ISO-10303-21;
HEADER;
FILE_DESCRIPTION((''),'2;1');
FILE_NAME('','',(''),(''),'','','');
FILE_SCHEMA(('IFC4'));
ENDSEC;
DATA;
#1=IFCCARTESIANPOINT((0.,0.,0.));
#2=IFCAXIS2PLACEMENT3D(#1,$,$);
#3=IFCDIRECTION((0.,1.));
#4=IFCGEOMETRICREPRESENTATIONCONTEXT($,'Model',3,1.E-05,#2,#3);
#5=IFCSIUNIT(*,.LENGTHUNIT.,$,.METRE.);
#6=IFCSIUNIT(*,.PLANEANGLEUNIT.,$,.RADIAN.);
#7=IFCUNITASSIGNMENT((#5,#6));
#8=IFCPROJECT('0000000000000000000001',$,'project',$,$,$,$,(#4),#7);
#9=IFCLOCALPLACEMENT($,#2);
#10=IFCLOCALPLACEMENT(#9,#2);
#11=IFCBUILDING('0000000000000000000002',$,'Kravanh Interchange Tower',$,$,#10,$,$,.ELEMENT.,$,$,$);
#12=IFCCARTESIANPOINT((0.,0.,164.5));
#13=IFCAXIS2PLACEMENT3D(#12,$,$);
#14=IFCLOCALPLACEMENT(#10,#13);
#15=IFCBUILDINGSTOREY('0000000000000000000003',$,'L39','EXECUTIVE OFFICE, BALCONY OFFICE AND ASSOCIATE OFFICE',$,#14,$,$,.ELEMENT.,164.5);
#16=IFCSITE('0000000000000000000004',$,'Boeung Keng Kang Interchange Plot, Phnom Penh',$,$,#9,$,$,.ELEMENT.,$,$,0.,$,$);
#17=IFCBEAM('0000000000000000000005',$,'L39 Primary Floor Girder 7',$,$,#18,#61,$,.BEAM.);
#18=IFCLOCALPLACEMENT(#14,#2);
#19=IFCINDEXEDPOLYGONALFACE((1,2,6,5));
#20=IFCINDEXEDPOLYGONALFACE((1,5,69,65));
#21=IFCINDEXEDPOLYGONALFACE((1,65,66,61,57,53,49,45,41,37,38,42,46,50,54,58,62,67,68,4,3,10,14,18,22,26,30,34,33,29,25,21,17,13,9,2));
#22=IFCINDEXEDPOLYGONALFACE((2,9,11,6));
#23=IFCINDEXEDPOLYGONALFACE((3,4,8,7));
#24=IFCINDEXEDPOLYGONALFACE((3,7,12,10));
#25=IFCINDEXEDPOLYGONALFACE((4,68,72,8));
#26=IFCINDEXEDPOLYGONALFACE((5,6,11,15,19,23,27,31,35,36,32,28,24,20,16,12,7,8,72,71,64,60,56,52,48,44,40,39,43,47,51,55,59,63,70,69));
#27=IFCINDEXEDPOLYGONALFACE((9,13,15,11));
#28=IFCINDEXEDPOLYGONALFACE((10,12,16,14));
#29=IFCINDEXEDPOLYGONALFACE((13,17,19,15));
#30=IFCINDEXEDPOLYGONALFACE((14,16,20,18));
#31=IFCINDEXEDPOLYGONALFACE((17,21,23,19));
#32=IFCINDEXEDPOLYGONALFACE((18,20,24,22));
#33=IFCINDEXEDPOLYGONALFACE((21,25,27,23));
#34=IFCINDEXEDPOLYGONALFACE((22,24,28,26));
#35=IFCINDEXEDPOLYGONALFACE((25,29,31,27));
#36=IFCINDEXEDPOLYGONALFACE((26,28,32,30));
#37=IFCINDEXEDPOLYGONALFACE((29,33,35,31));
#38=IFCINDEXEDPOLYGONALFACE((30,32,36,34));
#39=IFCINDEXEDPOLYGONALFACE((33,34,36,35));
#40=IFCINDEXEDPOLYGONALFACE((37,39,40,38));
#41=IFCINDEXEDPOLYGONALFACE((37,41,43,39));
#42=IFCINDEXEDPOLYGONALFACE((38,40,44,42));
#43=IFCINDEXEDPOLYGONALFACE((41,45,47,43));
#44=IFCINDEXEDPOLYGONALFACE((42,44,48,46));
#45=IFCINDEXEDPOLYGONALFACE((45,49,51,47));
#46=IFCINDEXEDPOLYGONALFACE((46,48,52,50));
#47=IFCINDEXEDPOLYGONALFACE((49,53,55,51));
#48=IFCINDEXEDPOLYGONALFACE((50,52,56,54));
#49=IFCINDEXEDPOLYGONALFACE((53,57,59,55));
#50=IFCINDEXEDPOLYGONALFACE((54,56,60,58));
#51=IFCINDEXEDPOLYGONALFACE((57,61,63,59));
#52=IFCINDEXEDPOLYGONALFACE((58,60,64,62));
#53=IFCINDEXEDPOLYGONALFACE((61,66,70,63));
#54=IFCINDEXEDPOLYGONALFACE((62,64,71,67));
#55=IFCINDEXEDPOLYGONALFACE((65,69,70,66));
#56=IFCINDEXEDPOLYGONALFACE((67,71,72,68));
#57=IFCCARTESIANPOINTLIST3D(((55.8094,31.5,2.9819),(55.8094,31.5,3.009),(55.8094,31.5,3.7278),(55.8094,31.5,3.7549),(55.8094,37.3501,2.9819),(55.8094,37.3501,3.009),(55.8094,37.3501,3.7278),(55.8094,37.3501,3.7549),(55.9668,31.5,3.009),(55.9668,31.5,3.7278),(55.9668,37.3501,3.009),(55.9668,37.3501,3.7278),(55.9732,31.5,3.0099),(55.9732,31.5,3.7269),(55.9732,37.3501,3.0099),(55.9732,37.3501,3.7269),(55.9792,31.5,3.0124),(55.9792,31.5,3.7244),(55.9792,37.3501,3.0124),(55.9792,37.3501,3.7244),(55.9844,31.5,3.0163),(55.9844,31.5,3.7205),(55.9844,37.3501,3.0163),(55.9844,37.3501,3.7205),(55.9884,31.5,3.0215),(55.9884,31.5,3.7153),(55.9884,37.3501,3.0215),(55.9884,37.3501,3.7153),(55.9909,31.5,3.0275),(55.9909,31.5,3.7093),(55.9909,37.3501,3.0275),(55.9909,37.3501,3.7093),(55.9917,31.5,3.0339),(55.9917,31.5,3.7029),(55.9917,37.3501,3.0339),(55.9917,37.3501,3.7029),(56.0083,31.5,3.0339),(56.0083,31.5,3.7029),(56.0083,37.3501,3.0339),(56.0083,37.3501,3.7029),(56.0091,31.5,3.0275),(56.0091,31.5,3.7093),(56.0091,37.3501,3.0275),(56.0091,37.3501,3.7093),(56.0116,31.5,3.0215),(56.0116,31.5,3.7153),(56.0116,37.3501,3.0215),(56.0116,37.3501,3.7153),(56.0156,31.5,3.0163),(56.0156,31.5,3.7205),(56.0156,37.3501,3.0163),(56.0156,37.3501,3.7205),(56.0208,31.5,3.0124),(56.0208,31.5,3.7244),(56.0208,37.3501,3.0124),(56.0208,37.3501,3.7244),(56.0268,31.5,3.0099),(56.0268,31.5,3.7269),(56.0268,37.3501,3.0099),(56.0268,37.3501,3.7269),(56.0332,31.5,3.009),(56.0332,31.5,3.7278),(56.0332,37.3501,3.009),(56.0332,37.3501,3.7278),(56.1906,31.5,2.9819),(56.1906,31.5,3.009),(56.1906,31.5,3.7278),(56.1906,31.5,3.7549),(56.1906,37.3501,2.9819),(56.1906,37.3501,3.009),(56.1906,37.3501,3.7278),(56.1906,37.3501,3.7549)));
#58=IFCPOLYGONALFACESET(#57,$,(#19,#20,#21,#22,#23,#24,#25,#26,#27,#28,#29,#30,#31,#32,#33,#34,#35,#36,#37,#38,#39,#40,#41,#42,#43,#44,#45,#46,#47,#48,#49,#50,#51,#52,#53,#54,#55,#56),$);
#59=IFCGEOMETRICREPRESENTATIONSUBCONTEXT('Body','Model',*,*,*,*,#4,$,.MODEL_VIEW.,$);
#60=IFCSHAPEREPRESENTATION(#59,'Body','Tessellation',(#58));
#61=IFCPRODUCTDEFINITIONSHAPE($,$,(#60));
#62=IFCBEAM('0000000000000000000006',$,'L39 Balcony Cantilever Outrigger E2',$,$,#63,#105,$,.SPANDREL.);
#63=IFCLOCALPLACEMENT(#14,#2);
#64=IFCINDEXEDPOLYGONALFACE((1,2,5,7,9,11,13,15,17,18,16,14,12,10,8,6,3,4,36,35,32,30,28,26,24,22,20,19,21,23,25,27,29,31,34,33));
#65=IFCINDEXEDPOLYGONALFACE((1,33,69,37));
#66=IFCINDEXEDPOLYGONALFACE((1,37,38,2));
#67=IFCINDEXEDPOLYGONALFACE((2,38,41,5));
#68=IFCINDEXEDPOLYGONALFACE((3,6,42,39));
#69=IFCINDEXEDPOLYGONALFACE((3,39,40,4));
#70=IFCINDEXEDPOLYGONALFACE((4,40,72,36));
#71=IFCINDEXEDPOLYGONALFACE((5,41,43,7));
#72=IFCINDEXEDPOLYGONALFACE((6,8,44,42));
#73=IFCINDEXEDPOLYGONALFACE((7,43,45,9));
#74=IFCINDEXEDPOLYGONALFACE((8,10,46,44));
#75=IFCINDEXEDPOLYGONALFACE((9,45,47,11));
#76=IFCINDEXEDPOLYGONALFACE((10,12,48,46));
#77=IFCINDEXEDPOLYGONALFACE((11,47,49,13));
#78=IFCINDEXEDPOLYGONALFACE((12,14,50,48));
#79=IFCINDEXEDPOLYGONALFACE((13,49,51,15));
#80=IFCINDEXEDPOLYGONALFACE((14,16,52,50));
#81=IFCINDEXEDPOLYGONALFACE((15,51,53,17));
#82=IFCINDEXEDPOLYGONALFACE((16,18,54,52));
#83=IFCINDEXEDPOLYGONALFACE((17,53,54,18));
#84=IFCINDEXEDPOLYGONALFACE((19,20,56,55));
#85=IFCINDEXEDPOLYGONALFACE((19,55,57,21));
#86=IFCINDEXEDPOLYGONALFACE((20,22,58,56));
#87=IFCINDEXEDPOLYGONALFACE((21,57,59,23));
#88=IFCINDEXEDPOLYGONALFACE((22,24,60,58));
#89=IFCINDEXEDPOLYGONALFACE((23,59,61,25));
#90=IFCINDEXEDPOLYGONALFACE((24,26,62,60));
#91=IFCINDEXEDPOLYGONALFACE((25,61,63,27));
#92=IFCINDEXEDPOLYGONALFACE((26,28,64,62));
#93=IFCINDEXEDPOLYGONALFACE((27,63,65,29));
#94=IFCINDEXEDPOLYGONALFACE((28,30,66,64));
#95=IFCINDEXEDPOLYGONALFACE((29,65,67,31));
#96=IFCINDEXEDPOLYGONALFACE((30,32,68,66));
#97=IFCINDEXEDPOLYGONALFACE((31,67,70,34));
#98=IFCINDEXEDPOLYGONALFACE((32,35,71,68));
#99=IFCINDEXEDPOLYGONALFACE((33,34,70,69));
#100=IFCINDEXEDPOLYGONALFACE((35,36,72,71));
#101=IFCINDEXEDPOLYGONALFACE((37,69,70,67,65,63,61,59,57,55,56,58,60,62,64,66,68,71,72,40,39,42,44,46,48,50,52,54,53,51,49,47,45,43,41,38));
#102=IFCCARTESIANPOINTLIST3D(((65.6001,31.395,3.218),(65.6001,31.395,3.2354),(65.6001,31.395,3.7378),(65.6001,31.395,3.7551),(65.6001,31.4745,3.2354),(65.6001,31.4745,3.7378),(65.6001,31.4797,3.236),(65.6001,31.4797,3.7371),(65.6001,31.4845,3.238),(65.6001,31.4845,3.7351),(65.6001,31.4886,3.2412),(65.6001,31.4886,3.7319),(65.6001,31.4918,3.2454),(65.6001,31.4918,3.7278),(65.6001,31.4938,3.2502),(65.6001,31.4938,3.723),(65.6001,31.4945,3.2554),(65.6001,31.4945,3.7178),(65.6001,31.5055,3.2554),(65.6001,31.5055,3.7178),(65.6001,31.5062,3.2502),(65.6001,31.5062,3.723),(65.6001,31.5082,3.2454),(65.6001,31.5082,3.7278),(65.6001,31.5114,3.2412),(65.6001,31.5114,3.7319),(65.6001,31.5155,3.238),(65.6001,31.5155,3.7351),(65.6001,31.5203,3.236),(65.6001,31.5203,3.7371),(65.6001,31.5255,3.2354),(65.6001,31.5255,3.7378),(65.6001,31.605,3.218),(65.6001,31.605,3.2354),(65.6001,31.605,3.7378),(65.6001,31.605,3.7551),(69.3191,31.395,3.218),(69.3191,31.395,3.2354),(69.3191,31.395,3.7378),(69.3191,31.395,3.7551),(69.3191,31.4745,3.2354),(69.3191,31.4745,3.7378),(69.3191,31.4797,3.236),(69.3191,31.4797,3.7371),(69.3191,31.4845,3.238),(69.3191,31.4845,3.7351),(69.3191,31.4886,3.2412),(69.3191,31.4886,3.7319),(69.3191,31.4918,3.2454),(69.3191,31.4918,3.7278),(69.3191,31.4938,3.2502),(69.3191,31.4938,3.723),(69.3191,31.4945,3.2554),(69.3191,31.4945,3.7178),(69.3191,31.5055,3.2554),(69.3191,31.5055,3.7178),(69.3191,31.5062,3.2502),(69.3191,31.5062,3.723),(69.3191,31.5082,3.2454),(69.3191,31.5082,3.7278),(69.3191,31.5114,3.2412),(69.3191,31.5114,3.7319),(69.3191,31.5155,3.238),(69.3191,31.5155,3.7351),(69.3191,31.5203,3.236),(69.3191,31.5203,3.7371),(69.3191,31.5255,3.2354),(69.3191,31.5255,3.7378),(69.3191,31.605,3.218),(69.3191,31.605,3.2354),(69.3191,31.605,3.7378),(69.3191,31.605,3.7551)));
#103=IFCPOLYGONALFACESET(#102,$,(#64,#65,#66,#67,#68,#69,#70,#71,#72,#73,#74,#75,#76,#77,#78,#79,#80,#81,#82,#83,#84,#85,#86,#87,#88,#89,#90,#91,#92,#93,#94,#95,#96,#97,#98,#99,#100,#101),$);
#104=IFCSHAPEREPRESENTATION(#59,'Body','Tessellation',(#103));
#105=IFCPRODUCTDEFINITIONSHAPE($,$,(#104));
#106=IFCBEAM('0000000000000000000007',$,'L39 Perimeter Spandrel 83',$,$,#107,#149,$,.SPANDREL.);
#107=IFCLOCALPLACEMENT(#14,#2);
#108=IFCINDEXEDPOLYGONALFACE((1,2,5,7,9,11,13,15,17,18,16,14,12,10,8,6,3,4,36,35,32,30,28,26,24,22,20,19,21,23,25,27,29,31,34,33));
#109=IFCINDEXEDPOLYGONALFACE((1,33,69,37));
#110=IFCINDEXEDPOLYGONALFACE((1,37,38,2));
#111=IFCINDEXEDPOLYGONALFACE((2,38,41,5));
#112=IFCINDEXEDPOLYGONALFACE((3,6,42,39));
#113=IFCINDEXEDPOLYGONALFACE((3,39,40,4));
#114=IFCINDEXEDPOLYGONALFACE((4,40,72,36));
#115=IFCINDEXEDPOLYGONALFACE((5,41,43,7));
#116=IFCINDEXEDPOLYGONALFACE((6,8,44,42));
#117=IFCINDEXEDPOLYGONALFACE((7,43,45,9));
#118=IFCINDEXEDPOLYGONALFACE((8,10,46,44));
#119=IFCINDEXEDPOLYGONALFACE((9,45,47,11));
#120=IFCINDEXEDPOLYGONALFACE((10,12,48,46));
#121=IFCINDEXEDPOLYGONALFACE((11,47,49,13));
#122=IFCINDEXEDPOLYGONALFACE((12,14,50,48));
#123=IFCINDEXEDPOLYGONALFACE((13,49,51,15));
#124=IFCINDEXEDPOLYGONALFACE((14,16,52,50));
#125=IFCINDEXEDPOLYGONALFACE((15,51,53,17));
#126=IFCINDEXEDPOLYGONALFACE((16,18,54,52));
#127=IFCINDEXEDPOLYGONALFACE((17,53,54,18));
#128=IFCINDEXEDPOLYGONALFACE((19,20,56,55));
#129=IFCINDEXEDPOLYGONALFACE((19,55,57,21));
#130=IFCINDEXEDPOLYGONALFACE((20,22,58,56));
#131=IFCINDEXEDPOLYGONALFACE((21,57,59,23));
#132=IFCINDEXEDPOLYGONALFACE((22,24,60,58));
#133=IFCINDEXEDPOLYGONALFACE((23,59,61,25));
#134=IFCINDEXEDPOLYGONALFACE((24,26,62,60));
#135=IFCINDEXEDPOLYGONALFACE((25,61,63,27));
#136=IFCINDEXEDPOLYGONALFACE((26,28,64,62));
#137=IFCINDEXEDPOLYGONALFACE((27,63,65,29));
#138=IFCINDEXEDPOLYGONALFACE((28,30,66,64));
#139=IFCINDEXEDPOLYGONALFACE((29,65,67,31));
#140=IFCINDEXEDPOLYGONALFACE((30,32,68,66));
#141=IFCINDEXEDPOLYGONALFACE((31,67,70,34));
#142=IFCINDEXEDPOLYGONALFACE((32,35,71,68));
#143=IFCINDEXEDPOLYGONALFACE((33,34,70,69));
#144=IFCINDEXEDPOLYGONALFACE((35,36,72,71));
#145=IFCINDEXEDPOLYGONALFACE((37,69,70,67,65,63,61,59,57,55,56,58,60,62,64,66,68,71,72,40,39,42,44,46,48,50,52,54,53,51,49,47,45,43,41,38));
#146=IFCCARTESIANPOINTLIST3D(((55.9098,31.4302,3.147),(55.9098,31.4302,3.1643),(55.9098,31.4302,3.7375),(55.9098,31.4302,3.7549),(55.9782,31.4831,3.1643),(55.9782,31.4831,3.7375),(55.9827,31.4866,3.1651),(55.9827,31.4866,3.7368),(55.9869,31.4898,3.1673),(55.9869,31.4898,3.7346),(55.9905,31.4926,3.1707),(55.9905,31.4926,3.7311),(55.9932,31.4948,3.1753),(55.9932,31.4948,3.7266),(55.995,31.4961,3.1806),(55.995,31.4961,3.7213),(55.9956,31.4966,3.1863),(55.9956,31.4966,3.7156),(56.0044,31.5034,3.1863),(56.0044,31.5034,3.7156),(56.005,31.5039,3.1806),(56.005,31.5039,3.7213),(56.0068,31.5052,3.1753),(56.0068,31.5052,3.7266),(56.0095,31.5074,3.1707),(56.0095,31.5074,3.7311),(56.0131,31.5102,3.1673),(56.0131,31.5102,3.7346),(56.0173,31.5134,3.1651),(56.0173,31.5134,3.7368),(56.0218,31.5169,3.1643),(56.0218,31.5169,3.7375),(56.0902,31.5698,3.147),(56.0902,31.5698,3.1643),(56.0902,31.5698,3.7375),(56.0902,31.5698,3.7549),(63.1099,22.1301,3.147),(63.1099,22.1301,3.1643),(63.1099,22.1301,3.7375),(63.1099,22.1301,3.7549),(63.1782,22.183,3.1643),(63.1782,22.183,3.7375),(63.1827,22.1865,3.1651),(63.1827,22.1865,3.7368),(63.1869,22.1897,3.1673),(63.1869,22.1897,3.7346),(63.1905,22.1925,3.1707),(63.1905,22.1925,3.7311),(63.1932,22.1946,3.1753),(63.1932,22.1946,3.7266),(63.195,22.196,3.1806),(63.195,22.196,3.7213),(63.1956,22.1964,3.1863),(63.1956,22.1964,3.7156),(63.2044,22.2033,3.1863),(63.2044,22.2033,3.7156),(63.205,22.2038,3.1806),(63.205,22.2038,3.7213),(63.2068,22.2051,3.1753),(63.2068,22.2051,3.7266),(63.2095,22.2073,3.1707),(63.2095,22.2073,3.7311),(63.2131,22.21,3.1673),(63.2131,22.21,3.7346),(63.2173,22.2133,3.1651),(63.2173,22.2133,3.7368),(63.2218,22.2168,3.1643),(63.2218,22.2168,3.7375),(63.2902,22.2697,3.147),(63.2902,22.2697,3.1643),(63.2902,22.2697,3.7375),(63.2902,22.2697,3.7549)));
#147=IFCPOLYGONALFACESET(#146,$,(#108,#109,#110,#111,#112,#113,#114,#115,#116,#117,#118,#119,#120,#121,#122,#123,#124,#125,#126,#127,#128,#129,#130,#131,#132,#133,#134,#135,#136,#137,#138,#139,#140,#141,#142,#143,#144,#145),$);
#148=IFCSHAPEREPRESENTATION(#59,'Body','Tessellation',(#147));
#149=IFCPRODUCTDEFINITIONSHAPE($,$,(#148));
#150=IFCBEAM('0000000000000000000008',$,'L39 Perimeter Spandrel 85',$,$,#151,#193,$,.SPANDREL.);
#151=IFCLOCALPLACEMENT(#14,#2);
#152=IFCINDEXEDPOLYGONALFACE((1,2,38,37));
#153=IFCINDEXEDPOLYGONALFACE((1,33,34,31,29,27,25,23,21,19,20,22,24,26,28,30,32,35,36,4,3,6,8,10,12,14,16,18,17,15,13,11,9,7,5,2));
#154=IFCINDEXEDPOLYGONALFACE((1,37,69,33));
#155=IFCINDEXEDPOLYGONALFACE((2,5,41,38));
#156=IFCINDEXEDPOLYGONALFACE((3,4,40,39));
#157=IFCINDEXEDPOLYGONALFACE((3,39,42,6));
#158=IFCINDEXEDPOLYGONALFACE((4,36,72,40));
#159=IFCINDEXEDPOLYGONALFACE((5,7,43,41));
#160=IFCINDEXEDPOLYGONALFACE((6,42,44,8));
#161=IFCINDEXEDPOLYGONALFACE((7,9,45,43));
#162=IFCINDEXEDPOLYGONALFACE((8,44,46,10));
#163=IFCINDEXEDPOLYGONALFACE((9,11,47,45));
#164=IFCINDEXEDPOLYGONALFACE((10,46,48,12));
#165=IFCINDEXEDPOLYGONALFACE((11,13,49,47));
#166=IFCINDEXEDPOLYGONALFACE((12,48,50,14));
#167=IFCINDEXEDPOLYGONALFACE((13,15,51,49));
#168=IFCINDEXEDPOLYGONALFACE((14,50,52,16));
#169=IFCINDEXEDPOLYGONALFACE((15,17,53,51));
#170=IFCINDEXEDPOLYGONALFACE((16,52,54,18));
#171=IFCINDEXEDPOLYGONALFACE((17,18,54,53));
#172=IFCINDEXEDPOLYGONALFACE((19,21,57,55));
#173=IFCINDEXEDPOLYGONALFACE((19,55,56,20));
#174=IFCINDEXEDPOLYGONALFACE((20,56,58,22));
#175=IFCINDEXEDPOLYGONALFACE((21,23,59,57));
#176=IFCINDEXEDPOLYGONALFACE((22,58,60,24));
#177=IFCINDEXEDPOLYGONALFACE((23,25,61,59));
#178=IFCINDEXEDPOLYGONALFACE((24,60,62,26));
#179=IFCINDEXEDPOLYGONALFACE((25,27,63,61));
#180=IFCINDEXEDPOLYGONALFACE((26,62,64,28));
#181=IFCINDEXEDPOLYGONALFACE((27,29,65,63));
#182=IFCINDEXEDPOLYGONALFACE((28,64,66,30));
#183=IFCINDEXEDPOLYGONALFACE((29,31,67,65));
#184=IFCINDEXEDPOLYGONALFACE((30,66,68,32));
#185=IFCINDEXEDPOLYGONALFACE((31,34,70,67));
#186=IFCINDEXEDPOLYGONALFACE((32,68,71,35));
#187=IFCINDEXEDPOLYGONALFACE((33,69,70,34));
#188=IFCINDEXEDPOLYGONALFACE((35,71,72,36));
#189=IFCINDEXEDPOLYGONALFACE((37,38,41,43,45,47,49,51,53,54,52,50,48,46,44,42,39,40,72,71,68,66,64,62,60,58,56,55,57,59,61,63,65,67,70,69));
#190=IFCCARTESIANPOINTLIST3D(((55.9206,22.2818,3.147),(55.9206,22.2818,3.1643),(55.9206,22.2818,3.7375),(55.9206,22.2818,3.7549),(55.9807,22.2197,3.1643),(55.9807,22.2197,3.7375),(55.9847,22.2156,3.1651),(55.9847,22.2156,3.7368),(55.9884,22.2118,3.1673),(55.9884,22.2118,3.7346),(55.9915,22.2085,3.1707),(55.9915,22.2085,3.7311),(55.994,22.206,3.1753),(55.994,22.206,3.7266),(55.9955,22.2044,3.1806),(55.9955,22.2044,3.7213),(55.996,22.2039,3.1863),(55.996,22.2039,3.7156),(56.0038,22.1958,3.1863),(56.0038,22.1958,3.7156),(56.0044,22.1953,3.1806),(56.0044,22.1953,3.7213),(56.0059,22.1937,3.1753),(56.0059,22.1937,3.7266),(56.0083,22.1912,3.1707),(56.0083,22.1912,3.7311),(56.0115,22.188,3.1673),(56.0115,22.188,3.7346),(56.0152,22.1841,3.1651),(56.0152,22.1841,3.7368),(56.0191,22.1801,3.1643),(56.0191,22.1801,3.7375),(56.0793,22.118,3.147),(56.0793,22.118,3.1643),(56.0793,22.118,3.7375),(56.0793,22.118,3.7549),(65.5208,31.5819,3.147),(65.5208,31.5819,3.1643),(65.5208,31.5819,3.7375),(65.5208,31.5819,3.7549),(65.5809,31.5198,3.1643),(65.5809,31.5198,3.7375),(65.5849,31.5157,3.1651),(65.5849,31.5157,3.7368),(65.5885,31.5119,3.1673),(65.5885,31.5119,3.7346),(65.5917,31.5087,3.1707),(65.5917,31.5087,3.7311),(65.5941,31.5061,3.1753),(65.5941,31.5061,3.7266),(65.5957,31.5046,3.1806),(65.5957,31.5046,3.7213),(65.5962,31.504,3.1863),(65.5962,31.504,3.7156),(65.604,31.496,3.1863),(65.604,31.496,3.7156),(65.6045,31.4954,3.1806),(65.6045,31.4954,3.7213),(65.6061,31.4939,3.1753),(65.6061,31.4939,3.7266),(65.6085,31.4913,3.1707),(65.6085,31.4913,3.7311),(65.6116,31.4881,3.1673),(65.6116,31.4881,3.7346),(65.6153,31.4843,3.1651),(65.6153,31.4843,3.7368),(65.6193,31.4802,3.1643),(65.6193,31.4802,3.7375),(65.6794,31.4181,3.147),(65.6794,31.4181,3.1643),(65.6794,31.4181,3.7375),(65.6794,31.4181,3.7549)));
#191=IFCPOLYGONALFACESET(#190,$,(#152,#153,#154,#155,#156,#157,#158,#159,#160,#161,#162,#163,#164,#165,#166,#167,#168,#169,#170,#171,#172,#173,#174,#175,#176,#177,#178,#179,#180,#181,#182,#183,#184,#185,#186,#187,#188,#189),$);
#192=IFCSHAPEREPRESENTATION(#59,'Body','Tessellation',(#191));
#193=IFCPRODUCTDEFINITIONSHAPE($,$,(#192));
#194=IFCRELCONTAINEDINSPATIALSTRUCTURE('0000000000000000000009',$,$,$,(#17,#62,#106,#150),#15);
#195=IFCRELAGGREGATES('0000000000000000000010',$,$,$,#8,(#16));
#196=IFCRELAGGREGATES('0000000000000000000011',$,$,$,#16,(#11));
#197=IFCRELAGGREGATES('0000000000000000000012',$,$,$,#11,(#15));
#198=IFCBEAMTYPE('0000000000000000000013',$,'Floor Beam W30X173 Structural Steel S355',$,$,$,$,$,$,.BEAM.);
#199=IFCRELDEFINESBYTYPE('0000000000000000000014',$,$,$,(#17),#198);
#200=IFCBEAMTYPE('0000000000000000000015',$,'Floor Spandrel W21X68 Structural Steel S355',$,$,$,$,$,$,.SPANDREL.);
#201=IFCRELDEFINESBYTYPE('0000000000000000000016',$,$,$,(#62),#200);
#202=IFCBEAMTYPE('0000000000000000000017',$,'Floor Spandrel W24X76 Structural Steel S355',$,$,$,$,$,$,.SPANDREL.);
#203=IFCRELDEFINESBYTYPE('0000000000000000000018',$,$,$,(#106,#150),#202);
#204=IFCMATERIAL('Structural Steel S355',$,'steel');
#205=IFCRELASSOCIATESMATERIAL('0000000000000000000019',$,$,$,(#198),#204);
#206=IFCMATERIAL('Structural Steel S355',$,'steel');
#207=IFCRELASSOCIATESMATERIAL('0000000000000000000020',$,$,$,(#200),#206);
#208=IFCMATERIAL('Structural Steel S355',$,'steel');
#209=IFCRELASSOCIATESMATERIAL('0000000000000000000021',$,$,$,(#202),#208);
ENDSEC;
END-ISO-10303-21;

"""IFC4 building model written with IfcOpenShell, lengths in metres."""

from ifc_helpers import new_model, si_unit, direction, frame, origin, origin_2d, place, context, subcontext, project, spatial, i_section, extrude, material, material_profile, profile_set, type_object, element, save


model = new_model("IFC4")

# Units and contexts
model_context = context("Model", 3, precision=1e-05, world=origin(), true_north=direction((0.0, 1.0)))
body_context = subcontext(model_context, "Body", "Model", "MODEL_VIEW")
ifc_project = project(units=[si_unit("LENGTHUNIT", "METRE"), si_unit("PLANEANGLEUNIT", "RADIAN")], contexts=[model_context])

# Site, building, storey
site_placement = place(None, origin())
site = spatial("IfcSite", under=ifc_project, at=site_placement, Name="Boeung Keng Kang Interchange Plot, Phnom Penh", CompositionType="ELEMENT", RefElevation=0.0)
building_placement = place(site_placement, origin())
building = spatial("IfcBuilding", under=site, at=building_placement, Name="Kravanh Interchange Tower", CompositionType="ELEMENT")
storey_placement = place(building_placement, frame((0.0, 0.0, 164.5)))
storey = spatial("IfcBuildingStorey", under=building, at=storey_placement, Name="L39", Description="EXECUTIVE OFFICE, BALCONY OFFICE AND ASSOCIATE OFFICE", CompositionType="ELEMENT", Elevation=164.5)

# Beams
ifc_material_1 = material(Name="Structural Steel S355", Category="steel")
ifc_material_profile_1 = material_profile(ifc_material_1, i_section(OverallWidth=0.3811, OverallDepth=0.7729, WebThickness=0.0166, FlangeThickness=0.0271, FilletRadius=0.0249, at=origin_2d()), Name="W30X173")
ifc_profile_set_1 = profile_set([ifc_material_profile_1], Name="Structural Steel S355")
beam_type_1 = type_object("IfcBeamType", Name="Floor Beam W30X173 Structural Steel S355", PredefinedType="BEAM", material=ifc_profile_set_1)
beam_1_placement = place(storey_placement, frame((56.0, 37.3501, 3.3684), z_axis=(0.0, -1.0, 0.0), x_axis=(1.0, 0.0, 0.0)))
element("IfcBeam", 1, at=beam_1_placement, inside=storey, type_object=beam_type_1, Name="L39 Primary Floor Girder 7", PredefinedType="BEAM", context=body_context, shape_type="SweptSolid", body=[
    extrude(i_section(OverallWidth=0.3811, OverallDepth=0.7729, WebThickness=0.0166, FlangeThickness=0.0271, FilletRadius=0.0249, at=origin_2d()), origin(), (0.0, 0.0, 1.0), 5.8501),
])
ifc_material_2 = material(Name="Structural Steel S355", Category="steel")
ifc_material_profile_2 = material_profile(ifc_material_2, i_section(OverallWidth=0.21, OverallDepth=0.5371, WebThickness=0.011, FlangeThickness=0.0173, FilletRadius=0.02, at=origin_2d()), Name="W21X68")
ifc_profile_set_2 = profile_set([ifc_material_profile_2], Name="Structural Steel S355")
beam_type_2 = type_object("IfcBeamType", Name="Floor Spandrel W21X68 Structural Steel S355", PredefinedType="SPANDREL", material=ifc_profile_set_2)
beam_2_placement = place(storey_placement, frame((65.6001, 31.5, 3.4866), z_axis=(1.0, 0.0, 0.0), x_axis=(0.0, 1.0, 0.0)))
element("IfcBeam", 2, at=beam_2_placement, inside=storey, type_object=beam_type_2, Name="L39 Balcony Cantilever Outrigger E2", PredefinedType="SPANDREL", context=body_context, shape_type="SweptSolid", body=[
    extrude(i_section(OverallWidth=0.21, OverallDepth=0.5371, WebThickness=0.011, FlangeThickness=0.0173, FilletRadius=0.02, at=origin_2d()), origin(), (0.0, 0.0, 1.0), 3.719),
])
ifc_material_3 = material(Name="Structural Steel S355", Category="steel")
ifc_material_profile_3 = material_profile(ifc_material_3, i_section(OverallWidth=0.228, OverallDepth=0.6079, WebThickness=0.0112, FlangeThickness=0.0173, FilletRadius=0.022, at=origin_2d()), Name="W24X76")
ifc_profile_set_3 = profile_set([ifc_material_profile_3], Name="Structural Steel S355")
beam_type_3 = type_object("IfcBeamType", Name="Floor Spandrel W24X76 Structural Steel S355", PredefinedType="SPANDREL", material=ifc_profile_set_3)
beam_3_placement = place(storey_placement, frame((56.0, 31.5, 3.4509), z_axis=(0.612169, -0.790727, 0.0), x_axis=(0.790727, 0.612169, 0.0)))
element("IfcBeam", 3, at=beam_3_placement, inside=storey, type_object=beam_type_3, Name="L39 Perimeter Spandrel 83", PredefinedType="SPANDREL", context=body_context, shape_type="SweptSolid", body=[
    extrude(i_section(OverallWidth=0.228, OverallDepth=0.6079, WebThickness=0.0112, FlangeThickness=0.0173, FilletRadius=0.022, at=origin_2d()), origin(), (0.0, 0.0, 1.0), 11.7615),
])
beam_4_placement = place(storey_placement, frame((65.6001, 31.5, 3.4509), z_axis=(-0.718242, -0.695793, 0.0), x_axis=(0.695793, -0.718242, 0.0)))
element("IfcBeam", 4, at=beam_4_placement, inside=storey, type_object=beam_type_3, Name="L39 Perimeter Spandrel 85", PredefinedType="SPANDREL", context=body_context, shape_type="SweptSolid", body=[
    extrude(i_section(OverallWidth=0.228, OverallDepth=0.6079, WebThickness=0.0112, FlangeThickness=0.0173, FilletRadius=0.022, at=origin_2d()), origin(), (0.0, 0.0, 1.0), 13.3662),
])

save(model, "model.ifc")
